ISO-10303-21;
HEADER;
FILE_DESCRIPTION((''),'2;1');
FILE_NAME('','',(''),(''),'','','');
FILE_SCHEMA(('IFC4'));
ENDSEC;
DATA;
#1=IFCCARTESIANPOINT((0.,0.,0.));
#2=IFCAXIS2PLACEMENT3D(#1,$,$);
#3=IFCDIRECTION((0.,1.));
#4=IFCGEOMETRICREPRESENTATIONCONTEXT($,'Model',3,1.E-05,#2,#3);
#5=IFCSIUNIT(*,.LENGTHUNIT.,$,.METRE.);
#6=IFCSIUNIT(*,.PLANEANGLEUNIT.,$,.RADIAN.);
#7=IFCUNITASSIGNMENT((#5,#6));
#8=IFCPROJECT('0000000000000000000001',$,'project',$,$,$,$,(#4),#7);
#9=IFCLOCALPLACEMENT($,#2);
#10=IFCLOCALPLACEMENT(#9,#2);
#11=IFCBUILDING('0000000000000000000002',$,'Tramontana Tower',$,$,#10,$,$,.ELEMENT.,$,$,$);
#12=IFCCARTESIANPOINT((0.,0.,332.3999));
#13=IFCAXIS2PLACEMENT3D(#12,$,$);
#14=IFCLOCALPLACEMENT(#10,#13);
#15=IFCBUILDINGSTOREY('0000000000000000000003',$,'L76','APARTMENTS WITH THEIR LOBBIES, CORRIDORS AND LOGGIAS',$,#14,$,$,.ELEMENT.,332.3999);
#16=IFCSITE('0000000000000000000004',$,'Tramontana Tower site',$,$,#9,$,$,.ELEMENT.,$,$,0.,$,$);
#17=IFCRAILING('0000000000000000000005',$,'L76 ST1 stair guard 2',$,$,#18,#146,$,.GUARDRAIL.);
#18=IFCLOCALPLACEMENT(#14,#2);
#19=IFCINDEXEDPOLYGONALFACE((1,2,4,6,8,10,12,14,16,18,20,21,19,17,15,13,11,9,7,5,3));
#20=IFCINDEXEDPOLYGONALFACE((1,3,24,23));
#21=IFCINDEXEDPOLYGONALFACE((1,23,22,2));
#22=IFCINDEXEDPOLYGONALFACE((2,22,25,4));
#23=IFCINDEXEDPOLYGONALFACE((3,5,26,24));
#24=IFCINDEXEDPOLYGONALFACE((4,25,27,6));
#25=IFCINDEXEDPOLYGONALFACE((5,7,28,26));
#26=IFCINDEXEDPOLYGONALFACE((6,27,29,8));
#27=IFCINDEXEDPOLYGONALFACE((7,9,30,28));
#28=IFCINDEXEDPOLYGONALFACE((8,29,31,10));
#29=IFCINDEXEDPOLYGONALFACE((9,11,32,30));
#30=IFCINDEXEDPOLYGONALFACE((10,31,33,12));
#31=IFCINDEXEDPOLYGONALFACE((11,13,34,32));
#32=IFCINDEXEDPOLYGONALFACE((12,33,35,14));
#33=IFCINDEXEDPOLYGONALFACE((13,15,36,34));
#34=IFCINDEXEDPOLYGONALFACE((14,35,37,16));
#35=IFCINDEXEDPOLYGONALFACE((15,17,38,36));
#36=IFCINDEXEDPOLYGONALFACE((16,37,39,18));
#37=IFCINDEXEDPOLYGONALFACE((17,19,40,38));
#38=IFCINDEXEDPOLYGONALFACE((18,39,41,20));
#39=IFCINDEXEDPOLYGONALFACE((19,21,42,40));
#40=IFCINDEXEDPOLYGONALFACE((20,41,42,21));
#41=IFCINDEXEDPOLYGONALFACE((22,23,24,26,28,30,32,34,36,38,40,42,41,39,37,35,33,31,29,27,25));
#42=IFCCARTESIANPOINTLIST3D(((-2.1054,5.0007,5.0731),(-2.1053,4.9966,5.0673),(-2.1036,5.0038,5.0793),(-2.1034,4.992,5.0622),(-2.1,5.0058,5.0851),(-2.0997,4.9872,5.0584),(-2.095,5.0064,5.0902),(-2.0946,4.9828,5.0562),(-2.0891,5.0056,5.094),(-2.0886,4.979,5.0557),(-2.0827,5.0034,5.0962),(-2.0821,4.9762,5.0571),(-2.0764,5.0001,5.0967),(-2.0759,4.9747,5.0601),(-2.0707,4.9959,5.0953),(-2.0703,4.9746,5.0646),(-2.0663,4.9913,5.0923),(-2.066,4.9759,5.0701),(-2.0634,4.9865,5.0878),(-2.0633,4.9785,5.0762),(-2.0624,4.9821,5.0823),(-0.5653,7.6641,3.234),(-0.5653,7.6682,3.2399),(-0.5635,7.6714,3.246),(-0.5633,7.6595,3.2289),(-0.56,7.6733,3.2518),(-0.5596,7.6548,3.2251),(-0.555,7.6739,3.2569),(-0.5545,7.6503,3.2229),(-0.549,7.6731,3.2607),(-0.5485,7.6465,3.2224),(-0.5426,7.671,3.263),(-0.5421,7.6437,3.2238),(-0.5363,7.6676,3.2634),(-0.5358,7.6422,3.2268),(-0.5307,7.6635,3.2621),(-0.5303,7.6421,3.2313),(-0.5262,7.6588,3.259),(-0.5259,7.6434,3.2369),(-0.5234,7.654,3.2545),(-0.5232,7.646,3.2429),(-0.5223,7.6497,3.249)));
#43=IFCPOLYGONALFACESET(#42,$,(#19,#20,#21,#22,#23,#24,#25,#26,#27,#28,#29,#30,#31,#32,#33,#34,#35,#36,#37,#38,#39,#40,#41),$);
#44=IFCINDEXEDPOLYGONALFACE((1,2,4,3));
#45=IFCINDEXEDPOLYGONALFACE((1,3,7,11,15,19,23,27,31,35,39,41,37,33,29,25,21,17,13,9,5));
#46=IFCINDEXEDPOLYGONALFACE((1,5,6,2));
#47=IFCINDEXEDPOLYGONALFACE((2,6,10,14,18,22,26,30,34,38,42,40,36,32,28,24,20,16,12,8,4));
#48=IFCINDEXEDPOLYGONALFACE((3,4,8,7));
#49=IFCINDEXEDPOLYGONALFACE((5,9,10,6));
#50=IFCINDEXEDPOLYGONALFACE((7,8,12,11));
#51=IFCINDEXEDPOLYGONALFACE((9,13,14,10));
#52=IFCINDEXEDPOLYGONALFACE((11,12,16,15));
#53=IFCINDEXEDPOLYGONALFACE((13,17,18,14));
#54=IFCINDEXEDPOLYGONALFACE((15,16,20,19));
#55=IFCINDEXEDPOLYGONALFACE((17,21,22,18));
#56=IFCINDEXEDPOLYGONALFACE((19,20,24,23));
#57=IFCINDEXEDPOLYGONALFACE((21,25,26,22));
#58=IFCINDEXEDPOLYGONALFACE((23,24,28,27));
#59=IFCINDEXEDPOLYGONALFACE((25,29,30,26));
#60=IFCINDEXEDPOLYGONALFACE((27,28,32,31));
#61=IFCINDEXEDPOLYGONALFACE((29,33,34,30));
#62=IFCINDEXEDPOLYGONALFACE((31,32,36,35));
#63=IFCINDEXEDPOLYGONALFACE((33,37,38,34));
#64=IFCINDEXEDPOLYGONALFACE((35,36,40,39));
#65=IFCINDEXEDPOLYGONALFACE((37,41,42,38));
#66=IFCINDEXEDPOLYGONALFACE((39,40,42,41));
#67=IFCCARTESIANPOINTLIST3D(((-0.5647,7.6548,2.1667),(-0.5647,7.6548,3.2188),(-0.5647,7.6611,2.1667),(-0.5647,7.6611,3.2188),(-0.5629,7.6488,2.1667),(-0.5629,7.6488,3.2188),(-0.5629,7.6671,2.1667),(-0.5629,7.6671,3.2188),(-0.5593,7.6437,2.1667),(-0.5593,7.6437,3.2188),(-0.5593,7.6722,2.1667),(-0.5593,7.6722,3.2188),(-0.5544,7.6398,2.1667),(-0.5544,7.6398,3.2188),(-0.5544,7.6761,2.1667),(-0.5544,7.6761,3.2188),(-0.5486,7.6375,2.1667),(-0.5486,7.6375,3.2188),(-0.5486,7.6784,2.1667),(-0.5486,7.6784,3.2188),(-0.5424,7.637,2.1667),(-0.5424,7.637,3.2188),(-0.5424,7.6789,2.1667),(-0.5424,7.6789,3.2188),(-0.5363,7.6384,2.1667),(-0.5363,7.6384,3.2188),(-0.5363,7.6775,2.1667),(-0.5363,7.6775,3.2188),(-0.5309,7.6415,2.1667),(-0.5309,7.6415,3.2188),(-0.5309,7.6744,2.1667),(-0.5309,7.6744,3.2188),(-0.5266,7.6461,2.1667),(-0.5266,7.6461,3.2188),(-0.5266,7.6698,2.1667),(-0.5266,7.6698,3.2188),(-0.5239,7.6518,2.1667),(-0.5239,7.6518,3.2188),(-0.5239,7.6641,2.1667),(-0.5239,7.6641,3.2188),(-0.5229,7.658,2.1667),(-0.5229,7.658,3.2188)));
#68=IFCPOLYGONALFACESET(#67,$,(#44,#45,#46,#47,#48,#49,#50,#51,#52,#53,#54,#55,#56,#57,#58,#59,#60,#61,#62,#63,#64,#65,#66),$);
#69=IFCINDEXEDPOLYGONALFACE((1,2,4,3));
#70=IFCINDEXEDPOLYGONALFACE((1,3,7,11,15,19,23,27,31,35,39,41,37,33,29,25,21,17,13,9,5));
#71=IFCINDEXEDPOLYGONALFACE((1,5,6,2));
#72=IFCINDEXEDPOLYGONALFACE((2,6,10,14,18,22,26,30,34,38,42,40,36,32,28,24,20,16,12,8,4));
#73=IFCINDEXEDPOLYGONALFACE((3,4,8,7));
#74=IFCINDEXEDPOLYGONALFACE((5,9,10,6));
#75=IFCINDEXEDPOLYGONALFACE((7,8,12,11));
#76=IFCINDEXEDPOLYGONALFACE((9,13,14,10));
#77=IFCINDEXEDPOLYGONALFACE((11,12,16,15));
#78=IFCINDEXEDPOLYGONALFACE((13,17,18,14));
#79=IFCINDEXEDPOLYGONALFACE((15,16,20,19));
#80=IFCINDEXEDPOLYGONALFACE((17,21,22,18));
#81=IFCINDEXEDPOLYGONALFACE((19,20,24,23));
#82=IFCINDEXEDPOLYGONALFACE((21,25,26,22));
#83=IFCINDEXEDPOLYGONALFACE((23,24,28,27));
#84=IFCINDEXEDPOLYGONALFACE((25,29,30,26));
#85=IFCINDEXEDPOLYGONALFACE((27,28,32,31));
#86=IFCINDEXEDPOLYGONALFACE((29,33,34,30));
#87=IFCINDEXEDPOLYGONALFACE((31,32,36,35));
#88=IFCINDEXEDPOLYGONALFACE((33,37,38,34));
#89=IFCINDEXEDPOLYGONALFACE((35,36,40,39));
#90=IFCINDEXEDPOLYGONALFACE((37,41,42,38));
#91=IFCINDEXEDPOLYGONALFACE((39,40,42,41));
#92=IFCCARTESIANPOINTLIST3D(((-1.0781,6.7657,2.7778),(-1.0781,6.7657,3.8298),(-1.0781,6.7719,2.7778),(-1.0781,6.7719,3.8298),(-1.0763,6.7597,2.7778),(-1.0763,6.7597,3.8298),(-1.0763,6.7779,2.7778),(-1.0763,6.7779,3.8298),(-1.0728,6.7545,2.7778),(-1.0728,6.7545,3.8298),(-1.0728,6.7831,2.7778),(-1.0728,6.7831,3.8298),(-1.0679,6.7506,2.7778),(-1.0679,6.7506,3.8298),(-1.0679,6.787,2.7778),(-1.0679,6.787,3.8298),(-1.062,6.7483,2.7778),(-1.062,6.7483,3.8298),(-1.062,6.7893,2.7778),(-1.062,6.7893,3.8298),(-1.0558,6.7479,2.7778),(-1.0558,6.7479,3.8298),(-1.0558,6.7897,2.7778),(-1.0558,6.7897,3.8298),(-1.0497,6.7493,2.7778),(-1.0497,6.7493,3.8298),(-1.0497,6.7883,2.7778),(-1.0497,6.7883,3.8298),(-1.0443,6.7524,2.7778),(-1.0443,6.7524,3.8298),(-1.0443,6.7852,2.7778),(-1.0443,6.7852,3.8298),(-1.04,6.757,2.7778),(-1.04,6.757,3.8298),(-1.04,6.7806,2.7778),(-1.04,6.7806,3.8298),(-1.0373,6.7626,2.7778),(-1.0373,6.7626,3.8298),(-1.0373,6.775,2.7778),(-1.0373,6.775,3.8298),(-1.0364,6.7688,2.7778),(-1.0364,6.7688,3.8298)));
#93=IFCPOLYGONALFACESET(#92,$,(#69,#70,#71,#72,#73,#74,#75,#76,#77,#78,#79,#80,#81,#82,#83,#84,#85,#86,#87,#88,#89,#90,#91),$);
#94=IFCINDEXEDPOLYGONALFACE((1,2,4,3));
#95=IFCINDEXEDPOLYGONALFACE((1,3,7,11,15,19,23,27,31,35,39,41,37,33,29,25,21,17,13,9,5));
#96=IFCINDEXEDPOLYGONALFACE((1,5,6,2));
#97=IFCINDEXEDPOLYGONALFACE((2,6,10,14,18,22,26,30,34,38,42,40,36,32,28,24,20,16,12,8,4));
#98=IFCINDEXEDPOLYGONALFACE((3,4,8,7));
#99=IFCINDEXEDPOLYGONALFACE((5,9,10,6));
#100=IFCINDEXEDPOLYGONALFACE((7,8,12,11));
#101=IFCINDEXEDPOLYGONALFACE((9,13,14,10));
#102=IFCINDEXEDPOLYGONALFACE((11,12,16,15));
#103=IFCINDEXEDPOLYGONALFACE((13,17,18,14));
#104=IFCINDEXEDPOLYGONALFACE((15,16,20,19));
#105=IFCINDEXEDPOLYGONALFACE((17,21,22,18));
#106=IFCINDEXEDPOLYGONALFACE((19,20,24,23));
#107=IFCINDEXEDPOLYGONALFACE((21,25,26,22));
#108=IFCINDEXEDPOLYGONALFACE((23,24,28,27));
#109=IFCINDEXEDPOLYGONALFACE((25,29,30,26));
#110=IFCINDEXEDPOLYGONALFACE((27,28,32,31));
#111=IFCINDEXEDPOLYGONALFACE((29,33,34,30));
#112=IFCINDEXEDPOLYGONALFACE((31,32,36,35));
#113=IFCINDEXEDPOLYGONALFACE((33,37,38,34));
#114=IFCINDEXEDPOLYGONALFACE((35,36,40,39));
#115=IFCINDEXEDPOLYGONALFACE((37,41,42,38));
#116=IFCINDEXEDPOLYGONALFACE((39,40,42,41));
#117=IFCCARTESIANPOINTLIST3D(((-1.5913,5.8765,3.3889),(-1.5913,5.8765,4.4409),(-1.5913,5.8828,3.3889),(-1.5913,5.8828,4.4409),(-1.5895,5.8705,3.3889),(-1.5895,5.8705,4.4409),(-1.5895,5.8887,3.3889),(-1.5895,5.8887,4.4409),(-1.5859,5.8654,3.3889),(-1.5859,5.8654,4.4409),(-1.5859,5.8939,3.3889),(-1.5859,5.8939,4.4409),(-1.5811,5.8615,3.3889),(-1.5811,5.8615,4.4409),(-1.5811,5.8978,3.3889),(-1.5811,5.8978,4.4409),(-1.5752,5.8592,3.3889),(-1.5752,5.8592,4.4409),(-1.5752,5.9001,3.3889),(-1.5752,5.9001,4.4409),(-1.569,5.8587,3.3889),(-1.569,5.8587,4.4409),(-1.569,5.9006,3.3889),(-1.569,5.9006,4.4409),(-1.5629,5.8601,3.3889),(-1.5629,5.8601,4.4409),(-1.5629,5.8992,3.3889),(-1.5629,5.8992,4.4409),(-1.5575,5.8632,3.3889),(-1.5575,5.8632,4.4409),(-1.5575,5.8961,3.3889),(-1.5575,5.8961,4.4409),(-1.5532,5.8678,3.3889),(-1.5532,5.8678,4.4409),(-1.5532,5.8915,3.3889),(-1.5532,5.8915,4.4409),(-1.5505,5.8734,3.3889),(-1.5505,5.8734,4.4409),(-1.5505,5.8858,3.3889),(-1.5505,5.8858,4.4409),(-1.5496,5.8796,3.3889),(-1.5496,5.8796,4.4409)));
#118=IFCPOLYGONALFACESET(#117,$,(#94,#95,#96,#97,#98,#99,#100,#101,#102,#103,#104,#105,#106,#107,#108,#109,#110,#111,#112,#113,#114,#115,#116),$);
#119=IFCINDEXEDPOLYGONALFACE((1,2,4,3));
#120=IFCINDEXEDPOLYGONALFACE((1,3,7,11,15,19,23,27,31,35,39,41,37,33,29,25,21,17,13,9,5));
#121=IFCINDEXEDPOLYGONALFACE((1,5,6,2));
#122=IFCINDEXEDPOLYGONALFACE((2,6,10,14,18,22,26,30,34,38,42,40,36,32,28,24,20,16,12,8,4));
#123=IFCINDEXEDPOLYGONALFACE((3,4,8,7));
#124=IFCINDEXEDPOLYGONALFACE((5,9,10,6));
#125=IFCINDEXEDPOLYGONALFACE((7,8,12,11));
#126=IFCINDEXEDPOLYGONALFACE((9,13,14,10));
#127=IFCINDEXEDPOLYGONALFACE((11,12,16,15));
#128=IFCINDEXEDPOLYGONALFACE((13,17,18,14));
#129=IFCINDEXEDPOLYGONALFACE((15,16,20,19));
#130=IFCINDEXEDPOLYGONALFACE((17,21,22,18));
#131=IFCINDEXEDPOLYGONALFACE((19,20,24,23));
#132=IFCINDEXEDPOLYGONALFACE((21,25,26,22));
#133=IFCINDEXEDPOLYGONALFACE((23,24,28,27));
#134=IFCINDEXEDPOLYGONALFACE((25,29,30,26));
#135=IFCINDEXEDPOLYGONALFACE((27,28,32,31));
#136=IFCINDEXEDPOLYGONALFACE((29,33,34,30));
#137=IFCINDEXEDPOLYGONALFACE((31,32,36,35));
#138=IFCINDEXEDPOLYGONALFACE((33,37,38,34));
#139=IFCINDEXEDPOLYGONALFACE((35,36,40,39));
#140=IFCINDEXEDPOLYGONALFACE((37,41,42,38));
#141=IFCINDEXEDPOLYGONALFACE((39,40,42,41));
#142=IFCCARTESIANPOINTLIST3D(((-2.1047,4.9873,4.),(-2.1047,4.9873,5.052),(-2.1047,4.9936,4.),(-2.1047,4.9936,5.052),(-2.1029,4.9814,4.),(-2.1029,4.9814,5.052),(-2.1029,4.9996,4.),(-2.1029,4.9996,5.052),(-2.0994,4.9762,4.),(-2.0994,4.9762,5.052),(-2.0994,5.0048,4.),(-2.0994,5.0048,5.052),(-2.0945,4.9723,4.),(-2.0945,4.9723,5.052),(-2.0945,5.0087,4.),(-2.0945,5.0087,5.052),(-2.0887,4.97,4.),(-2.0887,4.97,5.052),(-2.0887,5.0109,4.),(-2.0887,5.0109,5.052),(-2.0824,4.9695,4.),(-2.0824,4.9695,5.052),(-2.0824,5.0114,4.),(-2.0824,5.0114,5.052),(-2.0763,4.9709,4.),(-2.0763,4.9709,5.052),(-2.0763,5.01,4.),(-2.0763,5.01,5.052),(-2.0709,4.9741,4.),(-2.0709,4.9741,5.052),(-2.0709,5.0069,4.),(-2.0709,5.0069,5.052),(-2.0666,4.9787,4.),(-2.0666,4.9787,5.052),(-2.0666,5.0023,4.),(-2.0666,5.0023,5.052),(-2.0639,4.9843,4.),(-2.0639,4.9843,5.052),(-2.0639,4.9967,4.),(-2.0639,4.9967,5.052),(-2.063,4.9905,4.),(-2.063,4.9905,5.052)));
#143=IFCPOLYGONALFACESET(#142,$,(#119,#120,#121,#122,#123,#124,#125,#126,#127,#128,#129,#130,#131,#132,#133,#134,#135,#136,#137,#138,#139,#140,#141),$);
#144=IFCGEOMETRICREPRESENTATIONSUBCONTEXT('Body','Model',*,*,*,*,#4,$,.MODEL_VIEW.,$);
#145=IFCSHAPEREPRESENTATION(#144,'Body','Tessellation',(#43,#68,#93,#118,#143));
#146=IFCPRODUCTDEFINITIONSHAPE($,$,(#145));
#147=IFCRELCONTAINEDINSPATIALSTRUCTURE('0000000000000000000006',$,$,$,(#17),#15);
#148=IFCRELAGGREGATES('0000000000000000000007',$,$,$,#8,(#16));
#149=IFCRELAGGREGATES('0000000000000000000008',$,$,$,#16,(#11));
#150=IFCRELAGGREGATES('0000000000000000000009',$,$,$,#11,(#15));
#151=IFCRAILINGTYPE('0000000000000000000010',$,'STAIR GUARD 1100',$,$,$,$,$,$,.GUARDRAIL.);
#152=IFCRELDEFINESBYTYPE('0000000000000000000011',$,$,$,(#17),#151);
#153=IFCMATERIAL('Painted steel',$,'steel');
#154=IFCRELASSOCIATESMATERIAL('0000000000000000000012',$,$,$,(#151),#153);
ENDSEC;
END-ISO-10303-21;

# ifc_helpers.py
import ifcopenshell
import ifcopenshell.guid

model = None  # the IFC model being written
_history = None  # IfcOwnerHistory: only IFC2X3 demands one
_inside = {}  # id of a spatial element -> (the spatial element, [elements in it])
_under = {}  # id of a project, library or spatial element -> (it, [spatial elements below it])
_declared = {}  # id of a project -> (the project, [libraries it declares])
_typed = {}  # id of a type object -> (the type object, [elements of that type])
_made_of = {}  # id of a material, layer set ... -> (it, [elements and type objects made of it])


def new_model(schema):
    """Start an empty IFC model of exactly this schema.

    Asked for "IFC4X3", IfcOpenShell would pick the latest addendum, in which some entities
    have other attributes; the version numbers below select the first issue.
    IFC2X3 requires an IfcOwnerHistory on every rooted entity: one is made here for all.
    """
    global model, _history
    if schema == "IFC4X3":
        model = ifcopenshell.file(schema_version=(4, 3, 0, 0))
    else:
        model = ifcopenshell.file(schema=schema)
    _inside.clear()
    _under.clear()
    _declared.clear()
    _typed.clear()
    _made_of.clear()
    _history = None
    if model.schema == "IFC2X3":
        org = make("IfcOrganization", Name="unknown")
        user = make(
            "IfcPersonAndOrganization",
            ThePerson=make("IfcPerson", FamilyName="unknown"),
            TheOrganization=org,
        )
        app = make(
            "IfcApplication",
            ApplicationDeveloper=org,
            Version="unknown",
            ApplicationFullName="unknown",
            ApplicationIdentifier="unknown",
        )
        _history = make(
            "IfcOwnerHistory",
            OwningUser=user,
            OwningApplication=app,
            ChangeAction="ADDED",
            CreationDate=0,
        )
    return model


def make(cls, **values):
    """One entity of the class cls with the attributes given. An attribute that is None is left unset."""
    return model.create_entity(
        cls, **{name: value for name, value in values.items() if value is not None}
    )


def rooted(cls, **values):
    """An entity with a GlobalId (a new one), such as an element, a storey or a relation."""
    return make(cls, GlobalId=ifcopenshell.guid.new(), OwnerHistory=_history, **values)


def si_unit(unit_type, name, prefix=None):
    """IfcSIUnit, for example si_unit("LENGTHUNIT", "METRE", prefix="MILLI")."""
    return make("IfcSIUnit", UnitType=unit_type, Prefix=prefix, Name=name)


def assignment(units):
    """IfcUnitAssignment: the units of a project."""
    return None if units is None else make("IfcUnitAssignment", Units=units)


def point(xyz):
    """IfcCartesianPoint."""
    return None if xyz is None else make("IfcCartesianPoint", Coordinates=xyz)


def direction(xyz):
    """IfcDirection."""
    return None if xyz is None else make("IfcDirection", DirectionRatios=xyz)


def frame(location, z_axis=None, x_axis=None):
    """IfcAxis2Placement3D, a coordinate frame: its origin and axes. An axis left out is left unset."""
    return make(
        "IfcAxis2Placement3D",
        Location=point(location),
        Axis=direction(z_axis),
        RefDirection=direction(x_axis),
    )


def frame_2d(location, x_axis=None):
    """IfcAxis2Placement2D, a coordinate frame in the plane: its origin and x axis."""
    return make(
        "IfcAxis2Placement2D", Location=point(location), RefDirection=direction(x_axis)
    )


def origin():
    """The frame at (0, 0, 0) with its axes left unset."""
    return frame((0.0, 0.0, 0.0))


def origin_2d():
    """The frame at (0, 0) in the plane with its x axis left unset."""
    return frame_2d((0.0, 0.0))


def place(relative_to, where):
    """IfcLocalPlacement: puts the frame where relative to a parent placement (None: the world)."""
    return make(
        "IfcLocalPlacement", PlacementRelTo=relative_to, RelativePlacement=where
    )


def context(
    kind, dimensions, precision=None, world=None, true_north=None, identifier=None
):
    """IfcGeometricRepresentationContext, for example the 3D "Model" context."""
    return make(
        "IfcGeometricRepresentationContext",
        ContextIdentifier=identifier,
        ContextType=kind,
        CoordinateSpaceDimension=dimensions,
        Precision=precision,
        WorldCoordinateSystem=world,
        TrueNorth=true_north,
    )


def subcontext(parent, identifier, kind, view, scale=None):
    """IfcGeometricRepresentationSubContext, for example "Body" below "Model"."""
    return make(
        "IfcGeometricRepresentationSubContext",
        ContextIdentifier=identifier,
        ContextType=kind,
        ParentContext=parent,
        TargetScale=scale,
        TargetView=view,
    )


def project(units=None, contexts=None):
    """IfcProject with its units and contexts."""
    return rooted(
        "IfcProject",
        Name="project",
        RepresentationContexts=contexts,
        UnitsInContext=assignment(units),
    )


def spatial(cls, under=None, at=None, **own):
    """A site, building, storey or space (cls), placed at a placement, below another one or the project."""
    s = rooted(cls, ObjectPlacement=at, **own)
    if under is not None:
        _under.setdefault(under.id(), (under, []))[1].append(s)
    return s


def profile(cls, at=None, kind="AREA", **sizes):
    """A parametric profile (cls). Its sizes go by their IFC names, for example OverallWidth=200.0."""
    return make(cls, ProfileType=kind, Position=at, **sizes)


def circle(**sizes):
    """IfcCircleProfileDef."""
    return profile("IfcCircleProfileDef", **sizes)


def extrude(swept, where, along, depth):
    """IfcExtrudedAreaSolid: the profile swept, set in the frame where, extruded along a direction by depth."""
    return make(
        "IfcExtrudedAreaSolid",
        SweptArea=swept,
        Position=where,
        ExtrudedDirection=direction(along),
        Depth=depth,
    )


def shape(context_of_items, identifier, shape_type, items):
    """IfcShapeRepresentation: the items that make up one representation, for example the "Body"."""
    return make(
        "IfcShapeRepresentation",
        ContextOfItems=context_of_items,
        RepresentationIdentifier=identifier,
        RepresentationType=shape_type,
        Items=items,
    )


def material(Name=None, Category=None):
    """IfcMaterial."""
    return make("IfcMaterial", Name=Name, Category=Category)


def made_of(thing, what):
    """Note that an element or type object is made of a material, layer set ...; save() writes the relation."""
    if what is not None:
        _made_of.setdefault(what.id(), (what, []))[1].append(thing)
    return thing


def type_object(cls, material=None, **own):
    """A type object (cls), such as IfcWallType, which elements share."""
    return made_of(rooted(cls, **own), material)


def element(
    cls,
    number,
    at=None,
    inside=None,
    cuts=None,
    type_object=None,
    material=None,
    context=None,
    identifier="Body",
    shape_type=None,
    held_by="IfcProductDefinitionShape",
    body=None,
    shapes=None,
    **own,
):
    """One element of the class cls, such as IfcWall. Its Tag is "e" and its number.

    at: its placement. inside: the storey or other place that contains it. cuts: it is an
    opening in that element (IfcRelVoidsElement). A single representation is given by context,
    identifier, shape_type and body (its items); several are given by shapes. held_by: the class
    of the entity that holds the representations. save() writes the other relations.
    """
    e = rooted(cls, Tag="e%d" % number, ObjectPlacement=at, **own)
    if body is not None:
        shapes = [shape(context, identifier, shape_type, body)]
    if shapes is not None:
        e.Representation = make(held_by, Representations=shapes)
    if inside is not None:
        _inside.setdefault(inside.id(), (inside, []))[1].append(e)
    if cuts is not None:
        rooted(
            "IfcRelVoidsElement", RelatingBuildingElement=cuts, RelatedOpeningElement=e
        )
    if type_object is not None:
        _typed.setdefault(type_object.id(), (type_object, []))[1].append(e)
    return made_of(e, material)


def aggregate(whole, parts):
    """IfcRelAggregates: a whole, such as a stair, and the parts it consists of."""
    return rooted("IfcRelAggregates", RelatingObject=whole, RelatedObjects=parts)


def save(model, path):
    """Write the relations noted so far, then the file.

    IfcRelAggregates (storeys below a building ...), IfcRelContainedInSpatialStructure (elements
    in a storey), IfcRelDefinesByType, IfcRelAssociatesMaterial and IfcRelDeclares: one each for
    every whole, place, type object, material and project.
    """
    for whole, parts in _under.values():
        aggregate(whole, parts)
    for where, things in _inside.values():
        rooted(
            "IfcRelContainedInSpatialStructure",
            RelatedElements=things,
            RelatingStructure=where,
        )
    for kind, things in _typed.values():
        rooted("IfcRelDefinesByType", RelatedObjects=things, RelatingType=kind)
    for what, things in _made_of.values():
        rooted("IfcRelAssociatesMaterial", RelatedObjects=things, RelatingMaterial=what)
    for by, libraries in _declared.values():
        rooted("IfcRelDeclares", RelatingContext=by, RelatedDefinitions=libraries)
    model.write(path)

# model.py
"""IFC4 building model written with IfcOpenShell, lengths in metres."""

from ifc_helpers import new_model, si_unit, direction, frame, origin, origin_2d, place, context, subcontext, project, spatial, circle, extrude, material, type_object, element, save


model = new_model("IFC4")

# Units and contexts
model_context = context("Model", 3, precision=1e-05, world=origin(), true_north=direction((0.0, 1.0)))
body_context = subcontext(model_context, "Body", "Model", "MODEL_VIEW")
ifc_project = project(units=[si_unit("LENGTHUNIT", "METRE"), si_unit("PLANEANGLEUNIT", "RADIAN")], contexts=[model_context])

# Site, building, storey
site_placement = place(None, origin())
site = spatial("IfcSite", under=ifc_project, at=site_placement, Name="Tramontana Tower site", CompositionType="ELEMENT", RefElevation=0.0)
building_placement = place(site_placement, origin())
building = spatial("IfcBuilding", under=site, at=building_placement, Name="Tramontana Tower", CompositionType="ELEMENT")
storey_placement = place(building_placement, frame((0.0, 0.0, 332.3999)))
storey = spatial("IfcBuildingStorey", under=building, at=storey_placement, Name="L76", Description="APARTMENTS WITH THEIR LOBBIES, CORRIDORS AND LOGGIAS", CompositionType="ELEMENT", Elevation=332.3999)

# Railing
ifc_material_1 = material(Name="Painted steel", Category="steel")
railing_type_1 = type_object("IfcRailingType", Name="STAIR GUARD 1100", PredefinedType="GUARDRAIL", material=ifc_material_1)
railing_1_placement = place(storey_placement, frame((-0.5439, 7.658, 2.1667)))
element("IfcRailing", 1, at=railing_1_placement, inside=storey, type_object=railing_type_1, Name="L76 ST1 stair guard 2", PredefinedType="GUARDRAIL", context=body_context, shape_type="SweptSolid", body=[
    extrude(circle(Radius=0.0239, at=origin_2d()), frame((0.0, 0.0, 1.0762), z_axis=(-0.429649, -0.74419, 0.511452), x_axis=(0.86603, -0.499992, 0.0)), (0.0, 0.0, 1.0), 3.5845),
    extrude(circle(Radius=0.021, at=origin_2d()), origin(), (0.0, 0.0, 1.0), 1.052),
    extrude(circle(Radius=0.021, at=origin_2d()), frame((-0.5134, -0.8892, 0.6111)), (0.0, 0.0, 1.0), 1.052),
    extrude(circle(Radius=0.021, at=origin_2d()), frame((-1.0266, -1.7783, 1.2222)), (0.0, 0.0, 1.0), 1.052),
    extrude(circle(Radius=0.021, at=origin_2d()), frame((-1.54, -2.6675, 1.8333)), (0.0, 0.0, 1.0), 1.052),
])

save(model, "model.ifc")
